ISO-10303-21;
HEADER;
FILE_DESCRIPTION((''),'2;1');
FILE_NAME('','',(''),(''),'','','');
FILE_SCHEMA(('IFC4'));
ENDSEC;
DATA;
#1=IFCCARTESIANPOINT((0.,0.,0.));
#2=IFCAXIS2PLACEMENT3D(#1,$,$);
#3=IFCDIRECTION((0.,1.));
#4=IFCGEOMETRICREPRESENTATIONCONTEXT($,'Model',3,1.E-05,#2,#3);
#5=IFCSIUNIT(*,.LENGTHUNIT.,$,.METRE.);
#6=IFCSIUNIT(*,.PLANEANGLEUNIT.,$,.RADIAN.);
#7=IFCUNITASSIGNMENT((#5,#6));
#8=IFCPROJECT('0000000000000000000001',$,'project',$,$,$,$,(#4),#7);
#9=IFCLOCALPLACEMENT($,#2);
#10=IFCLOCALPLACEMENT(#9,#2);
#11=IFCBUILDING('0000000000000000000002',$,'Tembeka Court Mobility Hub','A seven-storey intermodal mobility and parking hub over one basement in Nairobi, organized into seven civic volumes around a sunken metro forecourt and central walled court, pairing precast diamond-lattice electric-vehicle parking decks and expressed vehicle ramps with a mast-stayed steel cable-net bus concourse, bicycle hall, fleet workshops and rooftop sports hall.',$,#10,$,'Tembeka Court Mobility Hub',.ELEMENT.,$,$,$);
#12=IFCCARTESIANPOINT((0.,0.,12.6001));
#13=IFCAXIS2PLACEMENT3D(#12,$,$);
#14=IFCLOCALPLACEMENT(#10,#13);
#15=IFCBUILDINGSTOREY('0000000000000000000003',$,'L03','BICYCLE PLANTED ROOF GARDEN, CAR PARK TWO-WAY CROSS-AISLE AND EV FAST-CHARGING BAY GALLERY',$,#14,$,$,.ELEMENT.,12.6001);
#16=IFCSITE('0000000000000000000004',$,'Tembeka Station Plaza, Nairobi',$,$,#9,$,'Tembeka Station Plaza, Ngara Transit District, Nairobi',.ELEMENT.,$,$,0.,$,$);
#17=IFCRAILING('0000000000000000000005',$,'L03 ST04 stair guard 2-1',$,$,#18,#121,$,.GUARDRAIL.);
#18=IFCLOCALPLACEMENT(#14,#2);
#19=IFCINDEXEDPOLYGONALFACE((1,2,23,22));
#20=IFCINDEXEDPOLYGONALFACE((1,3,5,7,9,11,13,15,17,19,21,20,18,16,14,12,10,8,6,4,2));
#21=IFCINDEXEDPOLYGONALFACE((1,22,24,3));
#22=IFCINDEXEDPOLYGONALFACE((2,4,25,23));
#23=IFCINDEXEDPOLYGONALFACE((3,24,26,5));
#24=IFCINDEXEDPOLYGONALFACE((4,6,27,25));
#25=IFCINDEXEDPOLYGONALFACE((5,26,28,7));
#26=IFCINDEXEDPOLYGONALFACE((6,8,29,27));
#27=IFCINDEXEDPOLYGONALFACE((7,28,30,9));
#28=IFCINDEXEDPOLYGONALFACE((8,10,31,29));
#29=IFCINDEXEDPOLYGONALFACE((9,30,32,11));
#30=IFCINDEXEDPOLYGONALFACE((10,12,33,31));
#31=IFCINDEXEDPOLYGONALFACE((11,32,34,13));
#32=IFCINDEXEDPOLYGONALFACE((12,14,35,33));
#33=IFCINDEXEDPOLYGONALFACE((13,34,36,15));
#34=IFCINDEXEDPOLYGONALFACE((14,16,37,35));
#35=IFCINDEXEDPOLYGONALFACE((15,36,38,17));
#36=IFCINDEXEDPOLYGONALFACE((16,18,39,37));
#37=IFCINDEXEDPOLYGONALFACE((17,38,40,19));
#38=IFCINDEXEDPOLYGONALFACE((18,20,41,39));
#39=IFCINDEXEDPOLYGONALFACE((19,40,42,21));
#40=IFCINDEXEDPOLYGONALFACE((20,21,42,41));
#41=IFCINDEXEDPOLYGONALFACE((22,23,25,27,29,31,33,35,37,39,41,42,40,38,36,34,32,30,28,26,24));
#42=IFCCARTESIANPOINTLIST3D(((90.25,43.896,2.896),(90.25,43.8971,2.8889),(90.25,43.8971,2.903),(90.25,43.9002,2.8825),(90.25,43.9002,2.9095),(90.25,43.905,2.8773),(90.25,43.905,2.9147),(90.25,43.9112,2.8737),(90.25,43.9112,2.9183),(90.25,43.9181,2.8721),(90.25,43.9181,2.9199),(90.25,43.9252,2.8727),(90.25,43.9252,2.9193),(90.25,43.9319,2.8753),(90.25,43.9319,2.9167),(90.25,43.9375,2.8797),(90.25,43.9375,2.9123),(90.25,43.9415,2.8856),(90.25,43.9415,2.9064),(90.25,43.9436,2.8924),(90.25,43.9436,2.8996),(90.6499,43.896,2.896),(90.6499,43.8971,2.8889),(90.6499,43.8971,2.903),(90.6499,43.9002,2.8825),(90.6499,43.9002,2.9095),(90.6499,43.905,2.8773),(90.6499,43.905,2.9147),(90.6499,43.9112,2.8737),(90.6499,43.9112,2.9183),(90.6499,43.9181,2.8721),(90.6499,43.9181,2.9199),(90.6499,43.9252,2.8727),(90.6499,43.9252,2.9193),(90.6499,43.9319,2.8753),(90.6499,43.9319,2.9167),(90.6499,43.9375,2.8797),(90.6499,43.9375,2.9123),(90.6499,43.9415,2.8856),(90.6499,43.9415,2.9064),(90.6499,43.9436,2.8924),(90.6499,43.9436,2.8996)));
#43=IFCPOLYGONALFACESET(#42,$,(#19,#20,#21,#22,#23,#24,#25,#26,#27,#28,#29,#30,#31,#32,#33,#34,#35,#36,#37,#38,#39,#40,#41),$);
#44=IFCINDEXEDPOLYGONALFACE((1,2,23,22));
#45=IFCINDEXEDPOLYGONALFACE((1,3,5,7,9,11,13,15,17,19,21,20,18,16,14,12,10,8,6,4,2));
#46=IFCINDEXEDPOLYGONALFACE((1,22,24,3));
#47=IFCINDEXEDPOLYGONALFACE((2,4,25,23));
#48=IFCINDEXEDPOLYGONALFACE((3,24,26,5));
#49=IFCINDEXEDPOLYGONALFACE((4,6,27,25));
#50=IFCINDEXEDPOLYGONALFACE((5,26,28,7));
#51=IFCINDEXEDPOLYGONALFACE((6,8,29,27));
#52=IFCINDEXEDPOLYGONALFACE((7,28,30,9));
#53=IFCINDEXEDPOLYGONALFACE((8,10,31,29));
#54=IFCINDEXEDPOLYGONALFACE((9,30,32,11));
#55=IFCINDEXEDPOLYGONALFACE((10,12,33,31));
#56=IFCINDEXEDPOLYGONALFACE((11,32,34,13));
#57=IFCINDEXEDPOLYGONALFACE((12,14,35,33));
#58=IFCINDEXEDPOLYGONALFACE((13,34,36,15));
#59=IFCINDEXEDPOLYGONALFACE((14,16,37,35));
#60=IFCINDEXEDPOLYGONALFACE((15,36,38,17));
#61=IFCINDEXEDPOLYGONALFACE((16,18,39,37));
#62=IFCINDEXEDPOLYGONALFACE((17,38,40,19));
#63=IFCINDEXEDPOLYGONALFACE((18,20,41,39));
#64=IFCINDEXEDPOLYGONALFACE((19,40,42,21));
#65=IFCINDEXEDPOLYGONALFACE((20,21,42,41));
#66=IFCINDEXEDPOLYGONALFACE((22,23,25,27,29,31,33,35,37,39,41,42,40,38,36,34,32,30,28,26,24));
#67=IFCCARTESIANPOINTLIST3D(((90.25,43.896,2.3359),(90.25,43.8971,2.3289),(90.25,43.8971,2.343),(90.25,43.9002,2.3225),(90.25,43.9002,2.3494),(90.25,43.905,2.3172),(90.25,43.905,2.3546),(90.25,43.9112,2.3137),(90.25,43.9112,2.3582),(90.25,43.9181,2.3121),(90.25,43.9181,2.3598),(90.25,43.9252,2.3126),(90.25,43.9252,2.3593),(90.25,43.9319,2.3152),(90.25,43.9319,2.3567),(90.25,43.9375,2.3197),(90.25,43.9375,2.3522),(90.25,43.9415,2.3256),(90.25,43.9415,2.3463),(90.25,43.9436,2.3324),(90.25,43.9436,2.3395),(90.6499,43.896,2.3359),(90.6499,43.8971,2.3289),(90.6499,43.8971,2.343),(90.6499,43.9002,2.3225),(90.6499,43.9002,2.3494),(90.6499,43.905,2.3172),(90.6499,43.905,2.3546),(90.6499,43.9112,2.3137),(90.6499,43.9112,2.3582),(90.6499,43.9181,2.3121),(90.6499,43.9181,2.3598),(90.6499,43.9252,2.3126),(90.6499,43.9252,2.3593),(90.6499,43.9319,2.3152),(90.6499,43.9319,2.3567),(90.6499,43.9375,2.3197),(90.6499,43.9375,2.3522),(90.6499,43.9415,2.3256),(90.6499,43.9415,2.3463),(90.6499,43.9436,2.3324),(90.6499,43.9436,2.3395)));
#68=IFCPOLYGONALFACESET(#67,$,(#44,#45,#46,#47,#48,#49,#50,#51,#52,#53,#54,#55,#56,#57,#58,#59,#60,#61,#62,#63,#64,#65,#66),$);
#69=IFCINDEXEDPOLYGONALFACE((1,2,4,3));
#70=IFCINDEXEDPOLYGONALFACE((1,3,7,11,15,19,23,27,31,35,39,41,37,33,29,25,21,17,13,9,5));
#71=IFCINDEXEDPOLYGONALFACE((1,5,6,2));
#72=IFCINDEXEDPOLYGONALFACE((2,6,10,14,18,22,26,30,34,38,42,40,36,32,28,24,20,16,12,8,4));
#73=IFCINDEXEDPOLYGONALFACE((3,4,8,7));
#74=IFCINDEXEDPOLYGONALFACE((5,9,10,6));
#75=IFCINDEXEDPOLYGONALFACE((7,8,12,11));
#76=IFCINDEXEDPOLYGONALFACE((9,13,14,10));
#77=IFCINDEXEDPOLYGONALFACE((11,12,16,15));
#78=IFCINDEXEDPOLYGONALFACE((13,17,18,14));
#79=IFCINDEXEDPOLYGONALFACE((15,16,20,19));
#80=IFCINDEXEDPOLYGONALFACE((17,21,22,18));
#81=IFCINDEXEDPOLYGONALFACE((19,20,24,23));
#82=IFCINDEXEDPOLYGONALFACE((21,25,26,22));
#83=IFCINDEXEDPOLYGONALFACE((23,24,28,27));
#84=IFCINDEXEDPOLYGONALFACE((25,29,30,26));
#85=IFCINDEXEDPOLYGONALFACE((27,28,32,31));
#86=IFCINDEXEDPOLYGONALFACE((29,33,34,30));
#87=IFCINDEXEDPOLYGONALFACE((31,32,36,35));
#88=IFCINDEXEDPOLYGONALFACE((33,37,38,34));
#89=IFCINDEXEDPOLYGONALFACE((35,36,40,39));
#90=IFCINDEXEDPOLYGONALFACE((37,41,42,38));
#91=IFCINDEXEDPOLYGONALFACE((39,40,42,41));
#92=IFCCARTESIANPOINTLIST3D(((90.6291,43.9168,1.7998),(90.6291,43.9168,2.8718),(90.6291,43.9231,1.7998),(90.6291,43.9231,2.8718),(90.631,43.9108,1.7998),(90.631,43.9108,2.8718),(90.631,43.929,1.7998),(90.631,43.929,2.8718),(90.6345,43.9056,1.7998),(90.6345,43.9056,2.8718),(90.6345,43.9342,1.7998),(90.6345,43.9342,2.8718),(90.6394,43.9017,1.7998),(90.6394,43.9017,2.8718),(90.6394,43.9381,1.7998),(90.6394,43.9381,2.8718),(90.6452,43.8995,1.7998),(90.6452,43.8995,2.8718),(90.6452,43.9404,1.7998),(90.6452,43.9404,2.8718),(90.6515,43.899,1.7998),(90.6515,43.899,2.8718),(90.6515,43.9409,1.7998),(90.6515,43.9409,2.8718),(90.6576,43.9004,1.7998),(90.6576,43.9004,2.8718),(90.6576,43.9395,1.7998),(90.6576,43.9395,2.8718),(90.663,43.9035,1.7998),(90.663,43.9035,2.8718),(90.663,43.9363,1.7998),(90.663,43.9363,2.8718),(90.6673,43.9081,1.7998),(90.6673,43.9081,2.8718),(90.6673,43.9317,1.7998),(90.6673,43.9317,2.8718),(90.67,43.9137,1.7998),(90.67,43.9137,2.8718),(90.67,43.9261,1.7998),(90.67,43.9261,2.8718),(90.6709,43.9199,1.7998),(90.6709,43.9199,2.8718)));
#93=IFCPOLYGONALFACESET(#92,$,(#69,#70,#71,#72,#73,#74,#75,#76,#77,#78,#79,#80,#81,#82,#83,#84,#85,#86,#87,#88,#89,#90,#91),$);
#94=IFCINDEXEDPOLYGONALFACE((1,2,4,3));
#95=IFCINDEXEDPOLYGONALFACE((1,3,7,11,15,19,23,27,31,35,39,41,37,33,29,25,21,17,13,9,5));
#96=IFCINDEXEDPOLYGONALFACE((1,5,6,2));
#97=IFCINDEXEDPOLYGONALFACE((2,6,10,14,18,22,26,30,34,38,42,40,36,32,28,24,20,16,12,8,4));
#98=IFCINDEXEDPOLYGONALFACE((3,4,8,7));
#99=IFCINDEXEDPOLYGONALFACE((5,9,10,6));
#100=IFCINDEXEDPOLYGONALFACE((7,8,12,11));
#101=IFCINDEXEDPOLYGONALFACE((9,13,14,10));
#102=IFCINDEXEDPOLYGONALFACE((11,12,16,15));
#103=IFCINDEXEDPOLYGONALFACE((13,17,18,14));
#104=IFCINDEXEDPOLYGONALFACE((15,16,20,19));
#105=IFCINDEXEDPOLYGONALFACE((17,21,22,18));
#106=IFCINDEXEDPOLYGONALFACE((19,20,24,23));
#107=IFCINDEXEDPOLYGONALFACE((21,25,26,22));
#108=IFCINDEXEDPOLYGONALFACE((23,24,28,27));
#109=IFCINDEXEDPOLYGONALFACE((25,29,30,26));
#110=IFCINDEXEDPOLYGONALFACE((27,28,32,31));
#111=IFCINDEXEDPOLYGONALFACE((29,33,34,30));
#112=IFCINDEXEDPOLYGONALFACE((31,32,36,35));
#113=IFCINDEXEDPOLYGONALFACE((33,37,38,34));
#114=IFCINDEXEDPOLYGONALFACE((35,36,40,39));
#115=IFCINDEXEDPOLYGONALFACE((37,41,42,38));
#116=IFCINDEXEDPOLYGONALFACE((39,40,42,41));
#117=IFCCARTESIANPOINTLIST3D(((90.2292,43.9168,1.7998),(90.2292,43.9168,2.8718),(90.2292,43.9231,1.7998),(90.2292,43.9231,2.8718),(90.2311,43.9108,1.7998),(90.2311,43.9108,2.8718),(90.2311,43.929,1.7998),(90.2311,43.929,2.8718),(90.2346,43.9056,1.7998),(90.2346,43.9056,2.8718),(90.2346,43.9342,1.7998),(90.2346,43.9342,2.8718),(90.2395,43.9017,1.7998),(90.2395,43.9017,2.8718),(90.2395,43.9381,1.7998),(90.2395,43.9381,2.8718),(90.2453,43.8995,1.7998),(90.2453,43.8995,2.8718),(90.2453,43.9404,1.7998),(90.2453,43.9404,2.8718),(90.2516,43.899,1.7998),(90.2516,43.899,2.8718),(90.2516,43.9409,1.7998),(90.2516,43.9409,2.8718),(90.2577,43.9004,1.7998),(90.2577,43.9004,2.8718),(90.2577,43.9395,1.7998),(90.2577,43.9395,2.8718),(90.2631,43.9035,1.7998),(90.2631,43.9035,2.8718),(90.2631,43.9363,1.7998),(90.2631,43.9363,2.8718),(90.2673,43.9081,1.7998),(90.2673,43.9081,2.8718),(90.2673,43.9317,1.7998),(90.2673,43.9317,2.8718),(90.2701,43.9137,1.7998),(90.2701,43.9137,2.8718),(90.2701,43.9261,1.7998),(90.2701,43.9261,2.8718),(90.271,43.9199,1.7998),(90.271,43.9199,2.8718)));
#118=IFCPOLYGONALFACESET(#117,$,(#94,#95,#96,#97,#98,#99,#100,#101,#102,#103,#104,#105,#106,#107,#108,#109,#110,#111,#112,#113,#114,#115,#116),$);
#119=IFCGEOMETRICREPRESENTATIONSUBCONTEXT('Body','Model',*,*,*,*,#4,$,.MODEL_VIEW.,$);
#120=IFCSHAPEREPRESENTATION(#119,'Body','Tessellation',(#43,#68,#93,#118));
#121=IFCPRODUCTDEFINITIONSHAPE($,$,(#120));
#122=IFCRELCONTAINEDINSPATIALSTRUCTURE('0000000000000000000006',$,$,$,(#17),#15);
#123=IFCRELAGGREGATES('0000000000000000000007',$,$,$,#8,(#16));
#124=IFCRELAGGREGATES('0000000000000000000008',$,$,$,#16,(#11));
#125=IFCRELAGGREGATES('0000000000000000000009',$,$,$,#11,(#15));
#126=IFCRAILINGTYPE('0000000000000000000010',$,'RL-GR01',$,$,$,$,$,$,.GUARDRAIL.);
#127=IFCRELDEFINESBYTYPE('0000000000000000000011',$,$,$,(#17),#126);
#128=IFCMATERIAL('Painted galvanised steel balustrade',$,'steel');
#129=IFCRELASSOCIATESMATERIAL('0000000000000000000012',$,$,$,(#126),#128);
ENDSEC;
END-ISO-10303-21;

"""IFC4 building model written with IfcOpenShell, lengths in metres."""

from ifc_helpers import new_model, si_unit, direction, frame, origin, origin_2d, place, context, subcontext, project, spatial, circle, extrude, material, type_object, element, save


model = new_model("IFC4")

# Units and contexts
model_context = context("Model", 3, precision=1e-05, world=origin(), true_north=direction((0.0, 1.0)))
body_context = subcontext(model_context, "Body", "Model", "MODEL_VIEW")
ifc_project = project(units=[si_unit("LENGTHUNIT", "METRE"), si_unit("PLANEANGLEUNIT", "RADIAN")], contexts=[model_context])

# Site, building, storey
site_placement = place(None, origin())
site = spatial("IfcSite", under=ifc_project, at=site_placement, Name="Tembeka Station Plaza, Nairobi", LongName="Tembeka Station Plaza, Ngara Transit District, Nairobi", CompositionType="ELEMENT", RefElevation=0.0)
building_placement = place(site_placement, origin())
building = spatial("IfcBuilding", under=site, at=building_placement, Name="Tembeka Court Mobility Hub", Description="A seven-storey intermodal mobility and parking hub over one basement in Nairobi, organized into seven civic volumes around a sunken metro forecourt and central walled court, pairing precast diamond-lattice electric-vehicle parking decks and expressed vehicle ramps with a mast-stayed steel cable-net bus concourse, bicycle hall, fleet workshops and rooftop sports hall.", LongName="Tembeka Court Mobility Hub", CompositionType="ELEMENT")
storey_placement = place(building_placement, frame((0.0, 0.0, 12.6001)))
storey = spatial("IfcBuildingStorey", under=building, at=storey_placement, Name="L03", Description="BICYCLE PLANTED ROOF GARDEN, CAR PARK TWO-WAY CROSS-AISLE AND EV FAST-CHARGING BAY GALLERY", CompositionType="ELEMENT", Elevation=12.6001)

# Railing
ifc_material_1 = material(Name="Painted galvanised steel balustrade", Category="steel")
railing_type_1 = type_object("IfcRailingType", Name="RL-GR01", PredefinedType="GUARDRAIL", material=ifc_material_1)
railing_1_placement = place(storey_placement, frame((90.6499, 43.9199, 1.7998)))
element("IfcRailing", 1, at=railing_1_placement, inside=storey, type_object=railing_type_1, Name="L03 ST04 stair guard 2-1", PredefinedType="GUARDRAIL", context=body_context, shape_type="SweptSolid", body=[
    extrude(circle(Radius=0.0239, at=origin_2d()), frame((0.0, 0.0, 1.0962), z_axis=(-1.0, 0.0, 0.0), x_axis=(0.0, -1.0, 0.0)), (0.0, 0.0, 1.0), 0.3999),
    extrude(circle(Radius=0.0239, at=origin_2d()), frame((0.0, 0.0, 0.5361), z_axis=(-1.0, 0.0, 0.0), x_axis=(0.0, -1.0, 0.0)), (0.0, 0.0, 1.0), 0.3999),
    extrude(circle(Radius=0.021, at=origin_2d()), origin(), (0.0, 0.0, 1.0), 1.072),
    extrude(circle(Radius=0.021, at=origin_2d()), frame((-0.3999, 0.0, 0.0)), (0.0, 0.0, 1.0), 1.072),
])

save(model, "model.ifc")
